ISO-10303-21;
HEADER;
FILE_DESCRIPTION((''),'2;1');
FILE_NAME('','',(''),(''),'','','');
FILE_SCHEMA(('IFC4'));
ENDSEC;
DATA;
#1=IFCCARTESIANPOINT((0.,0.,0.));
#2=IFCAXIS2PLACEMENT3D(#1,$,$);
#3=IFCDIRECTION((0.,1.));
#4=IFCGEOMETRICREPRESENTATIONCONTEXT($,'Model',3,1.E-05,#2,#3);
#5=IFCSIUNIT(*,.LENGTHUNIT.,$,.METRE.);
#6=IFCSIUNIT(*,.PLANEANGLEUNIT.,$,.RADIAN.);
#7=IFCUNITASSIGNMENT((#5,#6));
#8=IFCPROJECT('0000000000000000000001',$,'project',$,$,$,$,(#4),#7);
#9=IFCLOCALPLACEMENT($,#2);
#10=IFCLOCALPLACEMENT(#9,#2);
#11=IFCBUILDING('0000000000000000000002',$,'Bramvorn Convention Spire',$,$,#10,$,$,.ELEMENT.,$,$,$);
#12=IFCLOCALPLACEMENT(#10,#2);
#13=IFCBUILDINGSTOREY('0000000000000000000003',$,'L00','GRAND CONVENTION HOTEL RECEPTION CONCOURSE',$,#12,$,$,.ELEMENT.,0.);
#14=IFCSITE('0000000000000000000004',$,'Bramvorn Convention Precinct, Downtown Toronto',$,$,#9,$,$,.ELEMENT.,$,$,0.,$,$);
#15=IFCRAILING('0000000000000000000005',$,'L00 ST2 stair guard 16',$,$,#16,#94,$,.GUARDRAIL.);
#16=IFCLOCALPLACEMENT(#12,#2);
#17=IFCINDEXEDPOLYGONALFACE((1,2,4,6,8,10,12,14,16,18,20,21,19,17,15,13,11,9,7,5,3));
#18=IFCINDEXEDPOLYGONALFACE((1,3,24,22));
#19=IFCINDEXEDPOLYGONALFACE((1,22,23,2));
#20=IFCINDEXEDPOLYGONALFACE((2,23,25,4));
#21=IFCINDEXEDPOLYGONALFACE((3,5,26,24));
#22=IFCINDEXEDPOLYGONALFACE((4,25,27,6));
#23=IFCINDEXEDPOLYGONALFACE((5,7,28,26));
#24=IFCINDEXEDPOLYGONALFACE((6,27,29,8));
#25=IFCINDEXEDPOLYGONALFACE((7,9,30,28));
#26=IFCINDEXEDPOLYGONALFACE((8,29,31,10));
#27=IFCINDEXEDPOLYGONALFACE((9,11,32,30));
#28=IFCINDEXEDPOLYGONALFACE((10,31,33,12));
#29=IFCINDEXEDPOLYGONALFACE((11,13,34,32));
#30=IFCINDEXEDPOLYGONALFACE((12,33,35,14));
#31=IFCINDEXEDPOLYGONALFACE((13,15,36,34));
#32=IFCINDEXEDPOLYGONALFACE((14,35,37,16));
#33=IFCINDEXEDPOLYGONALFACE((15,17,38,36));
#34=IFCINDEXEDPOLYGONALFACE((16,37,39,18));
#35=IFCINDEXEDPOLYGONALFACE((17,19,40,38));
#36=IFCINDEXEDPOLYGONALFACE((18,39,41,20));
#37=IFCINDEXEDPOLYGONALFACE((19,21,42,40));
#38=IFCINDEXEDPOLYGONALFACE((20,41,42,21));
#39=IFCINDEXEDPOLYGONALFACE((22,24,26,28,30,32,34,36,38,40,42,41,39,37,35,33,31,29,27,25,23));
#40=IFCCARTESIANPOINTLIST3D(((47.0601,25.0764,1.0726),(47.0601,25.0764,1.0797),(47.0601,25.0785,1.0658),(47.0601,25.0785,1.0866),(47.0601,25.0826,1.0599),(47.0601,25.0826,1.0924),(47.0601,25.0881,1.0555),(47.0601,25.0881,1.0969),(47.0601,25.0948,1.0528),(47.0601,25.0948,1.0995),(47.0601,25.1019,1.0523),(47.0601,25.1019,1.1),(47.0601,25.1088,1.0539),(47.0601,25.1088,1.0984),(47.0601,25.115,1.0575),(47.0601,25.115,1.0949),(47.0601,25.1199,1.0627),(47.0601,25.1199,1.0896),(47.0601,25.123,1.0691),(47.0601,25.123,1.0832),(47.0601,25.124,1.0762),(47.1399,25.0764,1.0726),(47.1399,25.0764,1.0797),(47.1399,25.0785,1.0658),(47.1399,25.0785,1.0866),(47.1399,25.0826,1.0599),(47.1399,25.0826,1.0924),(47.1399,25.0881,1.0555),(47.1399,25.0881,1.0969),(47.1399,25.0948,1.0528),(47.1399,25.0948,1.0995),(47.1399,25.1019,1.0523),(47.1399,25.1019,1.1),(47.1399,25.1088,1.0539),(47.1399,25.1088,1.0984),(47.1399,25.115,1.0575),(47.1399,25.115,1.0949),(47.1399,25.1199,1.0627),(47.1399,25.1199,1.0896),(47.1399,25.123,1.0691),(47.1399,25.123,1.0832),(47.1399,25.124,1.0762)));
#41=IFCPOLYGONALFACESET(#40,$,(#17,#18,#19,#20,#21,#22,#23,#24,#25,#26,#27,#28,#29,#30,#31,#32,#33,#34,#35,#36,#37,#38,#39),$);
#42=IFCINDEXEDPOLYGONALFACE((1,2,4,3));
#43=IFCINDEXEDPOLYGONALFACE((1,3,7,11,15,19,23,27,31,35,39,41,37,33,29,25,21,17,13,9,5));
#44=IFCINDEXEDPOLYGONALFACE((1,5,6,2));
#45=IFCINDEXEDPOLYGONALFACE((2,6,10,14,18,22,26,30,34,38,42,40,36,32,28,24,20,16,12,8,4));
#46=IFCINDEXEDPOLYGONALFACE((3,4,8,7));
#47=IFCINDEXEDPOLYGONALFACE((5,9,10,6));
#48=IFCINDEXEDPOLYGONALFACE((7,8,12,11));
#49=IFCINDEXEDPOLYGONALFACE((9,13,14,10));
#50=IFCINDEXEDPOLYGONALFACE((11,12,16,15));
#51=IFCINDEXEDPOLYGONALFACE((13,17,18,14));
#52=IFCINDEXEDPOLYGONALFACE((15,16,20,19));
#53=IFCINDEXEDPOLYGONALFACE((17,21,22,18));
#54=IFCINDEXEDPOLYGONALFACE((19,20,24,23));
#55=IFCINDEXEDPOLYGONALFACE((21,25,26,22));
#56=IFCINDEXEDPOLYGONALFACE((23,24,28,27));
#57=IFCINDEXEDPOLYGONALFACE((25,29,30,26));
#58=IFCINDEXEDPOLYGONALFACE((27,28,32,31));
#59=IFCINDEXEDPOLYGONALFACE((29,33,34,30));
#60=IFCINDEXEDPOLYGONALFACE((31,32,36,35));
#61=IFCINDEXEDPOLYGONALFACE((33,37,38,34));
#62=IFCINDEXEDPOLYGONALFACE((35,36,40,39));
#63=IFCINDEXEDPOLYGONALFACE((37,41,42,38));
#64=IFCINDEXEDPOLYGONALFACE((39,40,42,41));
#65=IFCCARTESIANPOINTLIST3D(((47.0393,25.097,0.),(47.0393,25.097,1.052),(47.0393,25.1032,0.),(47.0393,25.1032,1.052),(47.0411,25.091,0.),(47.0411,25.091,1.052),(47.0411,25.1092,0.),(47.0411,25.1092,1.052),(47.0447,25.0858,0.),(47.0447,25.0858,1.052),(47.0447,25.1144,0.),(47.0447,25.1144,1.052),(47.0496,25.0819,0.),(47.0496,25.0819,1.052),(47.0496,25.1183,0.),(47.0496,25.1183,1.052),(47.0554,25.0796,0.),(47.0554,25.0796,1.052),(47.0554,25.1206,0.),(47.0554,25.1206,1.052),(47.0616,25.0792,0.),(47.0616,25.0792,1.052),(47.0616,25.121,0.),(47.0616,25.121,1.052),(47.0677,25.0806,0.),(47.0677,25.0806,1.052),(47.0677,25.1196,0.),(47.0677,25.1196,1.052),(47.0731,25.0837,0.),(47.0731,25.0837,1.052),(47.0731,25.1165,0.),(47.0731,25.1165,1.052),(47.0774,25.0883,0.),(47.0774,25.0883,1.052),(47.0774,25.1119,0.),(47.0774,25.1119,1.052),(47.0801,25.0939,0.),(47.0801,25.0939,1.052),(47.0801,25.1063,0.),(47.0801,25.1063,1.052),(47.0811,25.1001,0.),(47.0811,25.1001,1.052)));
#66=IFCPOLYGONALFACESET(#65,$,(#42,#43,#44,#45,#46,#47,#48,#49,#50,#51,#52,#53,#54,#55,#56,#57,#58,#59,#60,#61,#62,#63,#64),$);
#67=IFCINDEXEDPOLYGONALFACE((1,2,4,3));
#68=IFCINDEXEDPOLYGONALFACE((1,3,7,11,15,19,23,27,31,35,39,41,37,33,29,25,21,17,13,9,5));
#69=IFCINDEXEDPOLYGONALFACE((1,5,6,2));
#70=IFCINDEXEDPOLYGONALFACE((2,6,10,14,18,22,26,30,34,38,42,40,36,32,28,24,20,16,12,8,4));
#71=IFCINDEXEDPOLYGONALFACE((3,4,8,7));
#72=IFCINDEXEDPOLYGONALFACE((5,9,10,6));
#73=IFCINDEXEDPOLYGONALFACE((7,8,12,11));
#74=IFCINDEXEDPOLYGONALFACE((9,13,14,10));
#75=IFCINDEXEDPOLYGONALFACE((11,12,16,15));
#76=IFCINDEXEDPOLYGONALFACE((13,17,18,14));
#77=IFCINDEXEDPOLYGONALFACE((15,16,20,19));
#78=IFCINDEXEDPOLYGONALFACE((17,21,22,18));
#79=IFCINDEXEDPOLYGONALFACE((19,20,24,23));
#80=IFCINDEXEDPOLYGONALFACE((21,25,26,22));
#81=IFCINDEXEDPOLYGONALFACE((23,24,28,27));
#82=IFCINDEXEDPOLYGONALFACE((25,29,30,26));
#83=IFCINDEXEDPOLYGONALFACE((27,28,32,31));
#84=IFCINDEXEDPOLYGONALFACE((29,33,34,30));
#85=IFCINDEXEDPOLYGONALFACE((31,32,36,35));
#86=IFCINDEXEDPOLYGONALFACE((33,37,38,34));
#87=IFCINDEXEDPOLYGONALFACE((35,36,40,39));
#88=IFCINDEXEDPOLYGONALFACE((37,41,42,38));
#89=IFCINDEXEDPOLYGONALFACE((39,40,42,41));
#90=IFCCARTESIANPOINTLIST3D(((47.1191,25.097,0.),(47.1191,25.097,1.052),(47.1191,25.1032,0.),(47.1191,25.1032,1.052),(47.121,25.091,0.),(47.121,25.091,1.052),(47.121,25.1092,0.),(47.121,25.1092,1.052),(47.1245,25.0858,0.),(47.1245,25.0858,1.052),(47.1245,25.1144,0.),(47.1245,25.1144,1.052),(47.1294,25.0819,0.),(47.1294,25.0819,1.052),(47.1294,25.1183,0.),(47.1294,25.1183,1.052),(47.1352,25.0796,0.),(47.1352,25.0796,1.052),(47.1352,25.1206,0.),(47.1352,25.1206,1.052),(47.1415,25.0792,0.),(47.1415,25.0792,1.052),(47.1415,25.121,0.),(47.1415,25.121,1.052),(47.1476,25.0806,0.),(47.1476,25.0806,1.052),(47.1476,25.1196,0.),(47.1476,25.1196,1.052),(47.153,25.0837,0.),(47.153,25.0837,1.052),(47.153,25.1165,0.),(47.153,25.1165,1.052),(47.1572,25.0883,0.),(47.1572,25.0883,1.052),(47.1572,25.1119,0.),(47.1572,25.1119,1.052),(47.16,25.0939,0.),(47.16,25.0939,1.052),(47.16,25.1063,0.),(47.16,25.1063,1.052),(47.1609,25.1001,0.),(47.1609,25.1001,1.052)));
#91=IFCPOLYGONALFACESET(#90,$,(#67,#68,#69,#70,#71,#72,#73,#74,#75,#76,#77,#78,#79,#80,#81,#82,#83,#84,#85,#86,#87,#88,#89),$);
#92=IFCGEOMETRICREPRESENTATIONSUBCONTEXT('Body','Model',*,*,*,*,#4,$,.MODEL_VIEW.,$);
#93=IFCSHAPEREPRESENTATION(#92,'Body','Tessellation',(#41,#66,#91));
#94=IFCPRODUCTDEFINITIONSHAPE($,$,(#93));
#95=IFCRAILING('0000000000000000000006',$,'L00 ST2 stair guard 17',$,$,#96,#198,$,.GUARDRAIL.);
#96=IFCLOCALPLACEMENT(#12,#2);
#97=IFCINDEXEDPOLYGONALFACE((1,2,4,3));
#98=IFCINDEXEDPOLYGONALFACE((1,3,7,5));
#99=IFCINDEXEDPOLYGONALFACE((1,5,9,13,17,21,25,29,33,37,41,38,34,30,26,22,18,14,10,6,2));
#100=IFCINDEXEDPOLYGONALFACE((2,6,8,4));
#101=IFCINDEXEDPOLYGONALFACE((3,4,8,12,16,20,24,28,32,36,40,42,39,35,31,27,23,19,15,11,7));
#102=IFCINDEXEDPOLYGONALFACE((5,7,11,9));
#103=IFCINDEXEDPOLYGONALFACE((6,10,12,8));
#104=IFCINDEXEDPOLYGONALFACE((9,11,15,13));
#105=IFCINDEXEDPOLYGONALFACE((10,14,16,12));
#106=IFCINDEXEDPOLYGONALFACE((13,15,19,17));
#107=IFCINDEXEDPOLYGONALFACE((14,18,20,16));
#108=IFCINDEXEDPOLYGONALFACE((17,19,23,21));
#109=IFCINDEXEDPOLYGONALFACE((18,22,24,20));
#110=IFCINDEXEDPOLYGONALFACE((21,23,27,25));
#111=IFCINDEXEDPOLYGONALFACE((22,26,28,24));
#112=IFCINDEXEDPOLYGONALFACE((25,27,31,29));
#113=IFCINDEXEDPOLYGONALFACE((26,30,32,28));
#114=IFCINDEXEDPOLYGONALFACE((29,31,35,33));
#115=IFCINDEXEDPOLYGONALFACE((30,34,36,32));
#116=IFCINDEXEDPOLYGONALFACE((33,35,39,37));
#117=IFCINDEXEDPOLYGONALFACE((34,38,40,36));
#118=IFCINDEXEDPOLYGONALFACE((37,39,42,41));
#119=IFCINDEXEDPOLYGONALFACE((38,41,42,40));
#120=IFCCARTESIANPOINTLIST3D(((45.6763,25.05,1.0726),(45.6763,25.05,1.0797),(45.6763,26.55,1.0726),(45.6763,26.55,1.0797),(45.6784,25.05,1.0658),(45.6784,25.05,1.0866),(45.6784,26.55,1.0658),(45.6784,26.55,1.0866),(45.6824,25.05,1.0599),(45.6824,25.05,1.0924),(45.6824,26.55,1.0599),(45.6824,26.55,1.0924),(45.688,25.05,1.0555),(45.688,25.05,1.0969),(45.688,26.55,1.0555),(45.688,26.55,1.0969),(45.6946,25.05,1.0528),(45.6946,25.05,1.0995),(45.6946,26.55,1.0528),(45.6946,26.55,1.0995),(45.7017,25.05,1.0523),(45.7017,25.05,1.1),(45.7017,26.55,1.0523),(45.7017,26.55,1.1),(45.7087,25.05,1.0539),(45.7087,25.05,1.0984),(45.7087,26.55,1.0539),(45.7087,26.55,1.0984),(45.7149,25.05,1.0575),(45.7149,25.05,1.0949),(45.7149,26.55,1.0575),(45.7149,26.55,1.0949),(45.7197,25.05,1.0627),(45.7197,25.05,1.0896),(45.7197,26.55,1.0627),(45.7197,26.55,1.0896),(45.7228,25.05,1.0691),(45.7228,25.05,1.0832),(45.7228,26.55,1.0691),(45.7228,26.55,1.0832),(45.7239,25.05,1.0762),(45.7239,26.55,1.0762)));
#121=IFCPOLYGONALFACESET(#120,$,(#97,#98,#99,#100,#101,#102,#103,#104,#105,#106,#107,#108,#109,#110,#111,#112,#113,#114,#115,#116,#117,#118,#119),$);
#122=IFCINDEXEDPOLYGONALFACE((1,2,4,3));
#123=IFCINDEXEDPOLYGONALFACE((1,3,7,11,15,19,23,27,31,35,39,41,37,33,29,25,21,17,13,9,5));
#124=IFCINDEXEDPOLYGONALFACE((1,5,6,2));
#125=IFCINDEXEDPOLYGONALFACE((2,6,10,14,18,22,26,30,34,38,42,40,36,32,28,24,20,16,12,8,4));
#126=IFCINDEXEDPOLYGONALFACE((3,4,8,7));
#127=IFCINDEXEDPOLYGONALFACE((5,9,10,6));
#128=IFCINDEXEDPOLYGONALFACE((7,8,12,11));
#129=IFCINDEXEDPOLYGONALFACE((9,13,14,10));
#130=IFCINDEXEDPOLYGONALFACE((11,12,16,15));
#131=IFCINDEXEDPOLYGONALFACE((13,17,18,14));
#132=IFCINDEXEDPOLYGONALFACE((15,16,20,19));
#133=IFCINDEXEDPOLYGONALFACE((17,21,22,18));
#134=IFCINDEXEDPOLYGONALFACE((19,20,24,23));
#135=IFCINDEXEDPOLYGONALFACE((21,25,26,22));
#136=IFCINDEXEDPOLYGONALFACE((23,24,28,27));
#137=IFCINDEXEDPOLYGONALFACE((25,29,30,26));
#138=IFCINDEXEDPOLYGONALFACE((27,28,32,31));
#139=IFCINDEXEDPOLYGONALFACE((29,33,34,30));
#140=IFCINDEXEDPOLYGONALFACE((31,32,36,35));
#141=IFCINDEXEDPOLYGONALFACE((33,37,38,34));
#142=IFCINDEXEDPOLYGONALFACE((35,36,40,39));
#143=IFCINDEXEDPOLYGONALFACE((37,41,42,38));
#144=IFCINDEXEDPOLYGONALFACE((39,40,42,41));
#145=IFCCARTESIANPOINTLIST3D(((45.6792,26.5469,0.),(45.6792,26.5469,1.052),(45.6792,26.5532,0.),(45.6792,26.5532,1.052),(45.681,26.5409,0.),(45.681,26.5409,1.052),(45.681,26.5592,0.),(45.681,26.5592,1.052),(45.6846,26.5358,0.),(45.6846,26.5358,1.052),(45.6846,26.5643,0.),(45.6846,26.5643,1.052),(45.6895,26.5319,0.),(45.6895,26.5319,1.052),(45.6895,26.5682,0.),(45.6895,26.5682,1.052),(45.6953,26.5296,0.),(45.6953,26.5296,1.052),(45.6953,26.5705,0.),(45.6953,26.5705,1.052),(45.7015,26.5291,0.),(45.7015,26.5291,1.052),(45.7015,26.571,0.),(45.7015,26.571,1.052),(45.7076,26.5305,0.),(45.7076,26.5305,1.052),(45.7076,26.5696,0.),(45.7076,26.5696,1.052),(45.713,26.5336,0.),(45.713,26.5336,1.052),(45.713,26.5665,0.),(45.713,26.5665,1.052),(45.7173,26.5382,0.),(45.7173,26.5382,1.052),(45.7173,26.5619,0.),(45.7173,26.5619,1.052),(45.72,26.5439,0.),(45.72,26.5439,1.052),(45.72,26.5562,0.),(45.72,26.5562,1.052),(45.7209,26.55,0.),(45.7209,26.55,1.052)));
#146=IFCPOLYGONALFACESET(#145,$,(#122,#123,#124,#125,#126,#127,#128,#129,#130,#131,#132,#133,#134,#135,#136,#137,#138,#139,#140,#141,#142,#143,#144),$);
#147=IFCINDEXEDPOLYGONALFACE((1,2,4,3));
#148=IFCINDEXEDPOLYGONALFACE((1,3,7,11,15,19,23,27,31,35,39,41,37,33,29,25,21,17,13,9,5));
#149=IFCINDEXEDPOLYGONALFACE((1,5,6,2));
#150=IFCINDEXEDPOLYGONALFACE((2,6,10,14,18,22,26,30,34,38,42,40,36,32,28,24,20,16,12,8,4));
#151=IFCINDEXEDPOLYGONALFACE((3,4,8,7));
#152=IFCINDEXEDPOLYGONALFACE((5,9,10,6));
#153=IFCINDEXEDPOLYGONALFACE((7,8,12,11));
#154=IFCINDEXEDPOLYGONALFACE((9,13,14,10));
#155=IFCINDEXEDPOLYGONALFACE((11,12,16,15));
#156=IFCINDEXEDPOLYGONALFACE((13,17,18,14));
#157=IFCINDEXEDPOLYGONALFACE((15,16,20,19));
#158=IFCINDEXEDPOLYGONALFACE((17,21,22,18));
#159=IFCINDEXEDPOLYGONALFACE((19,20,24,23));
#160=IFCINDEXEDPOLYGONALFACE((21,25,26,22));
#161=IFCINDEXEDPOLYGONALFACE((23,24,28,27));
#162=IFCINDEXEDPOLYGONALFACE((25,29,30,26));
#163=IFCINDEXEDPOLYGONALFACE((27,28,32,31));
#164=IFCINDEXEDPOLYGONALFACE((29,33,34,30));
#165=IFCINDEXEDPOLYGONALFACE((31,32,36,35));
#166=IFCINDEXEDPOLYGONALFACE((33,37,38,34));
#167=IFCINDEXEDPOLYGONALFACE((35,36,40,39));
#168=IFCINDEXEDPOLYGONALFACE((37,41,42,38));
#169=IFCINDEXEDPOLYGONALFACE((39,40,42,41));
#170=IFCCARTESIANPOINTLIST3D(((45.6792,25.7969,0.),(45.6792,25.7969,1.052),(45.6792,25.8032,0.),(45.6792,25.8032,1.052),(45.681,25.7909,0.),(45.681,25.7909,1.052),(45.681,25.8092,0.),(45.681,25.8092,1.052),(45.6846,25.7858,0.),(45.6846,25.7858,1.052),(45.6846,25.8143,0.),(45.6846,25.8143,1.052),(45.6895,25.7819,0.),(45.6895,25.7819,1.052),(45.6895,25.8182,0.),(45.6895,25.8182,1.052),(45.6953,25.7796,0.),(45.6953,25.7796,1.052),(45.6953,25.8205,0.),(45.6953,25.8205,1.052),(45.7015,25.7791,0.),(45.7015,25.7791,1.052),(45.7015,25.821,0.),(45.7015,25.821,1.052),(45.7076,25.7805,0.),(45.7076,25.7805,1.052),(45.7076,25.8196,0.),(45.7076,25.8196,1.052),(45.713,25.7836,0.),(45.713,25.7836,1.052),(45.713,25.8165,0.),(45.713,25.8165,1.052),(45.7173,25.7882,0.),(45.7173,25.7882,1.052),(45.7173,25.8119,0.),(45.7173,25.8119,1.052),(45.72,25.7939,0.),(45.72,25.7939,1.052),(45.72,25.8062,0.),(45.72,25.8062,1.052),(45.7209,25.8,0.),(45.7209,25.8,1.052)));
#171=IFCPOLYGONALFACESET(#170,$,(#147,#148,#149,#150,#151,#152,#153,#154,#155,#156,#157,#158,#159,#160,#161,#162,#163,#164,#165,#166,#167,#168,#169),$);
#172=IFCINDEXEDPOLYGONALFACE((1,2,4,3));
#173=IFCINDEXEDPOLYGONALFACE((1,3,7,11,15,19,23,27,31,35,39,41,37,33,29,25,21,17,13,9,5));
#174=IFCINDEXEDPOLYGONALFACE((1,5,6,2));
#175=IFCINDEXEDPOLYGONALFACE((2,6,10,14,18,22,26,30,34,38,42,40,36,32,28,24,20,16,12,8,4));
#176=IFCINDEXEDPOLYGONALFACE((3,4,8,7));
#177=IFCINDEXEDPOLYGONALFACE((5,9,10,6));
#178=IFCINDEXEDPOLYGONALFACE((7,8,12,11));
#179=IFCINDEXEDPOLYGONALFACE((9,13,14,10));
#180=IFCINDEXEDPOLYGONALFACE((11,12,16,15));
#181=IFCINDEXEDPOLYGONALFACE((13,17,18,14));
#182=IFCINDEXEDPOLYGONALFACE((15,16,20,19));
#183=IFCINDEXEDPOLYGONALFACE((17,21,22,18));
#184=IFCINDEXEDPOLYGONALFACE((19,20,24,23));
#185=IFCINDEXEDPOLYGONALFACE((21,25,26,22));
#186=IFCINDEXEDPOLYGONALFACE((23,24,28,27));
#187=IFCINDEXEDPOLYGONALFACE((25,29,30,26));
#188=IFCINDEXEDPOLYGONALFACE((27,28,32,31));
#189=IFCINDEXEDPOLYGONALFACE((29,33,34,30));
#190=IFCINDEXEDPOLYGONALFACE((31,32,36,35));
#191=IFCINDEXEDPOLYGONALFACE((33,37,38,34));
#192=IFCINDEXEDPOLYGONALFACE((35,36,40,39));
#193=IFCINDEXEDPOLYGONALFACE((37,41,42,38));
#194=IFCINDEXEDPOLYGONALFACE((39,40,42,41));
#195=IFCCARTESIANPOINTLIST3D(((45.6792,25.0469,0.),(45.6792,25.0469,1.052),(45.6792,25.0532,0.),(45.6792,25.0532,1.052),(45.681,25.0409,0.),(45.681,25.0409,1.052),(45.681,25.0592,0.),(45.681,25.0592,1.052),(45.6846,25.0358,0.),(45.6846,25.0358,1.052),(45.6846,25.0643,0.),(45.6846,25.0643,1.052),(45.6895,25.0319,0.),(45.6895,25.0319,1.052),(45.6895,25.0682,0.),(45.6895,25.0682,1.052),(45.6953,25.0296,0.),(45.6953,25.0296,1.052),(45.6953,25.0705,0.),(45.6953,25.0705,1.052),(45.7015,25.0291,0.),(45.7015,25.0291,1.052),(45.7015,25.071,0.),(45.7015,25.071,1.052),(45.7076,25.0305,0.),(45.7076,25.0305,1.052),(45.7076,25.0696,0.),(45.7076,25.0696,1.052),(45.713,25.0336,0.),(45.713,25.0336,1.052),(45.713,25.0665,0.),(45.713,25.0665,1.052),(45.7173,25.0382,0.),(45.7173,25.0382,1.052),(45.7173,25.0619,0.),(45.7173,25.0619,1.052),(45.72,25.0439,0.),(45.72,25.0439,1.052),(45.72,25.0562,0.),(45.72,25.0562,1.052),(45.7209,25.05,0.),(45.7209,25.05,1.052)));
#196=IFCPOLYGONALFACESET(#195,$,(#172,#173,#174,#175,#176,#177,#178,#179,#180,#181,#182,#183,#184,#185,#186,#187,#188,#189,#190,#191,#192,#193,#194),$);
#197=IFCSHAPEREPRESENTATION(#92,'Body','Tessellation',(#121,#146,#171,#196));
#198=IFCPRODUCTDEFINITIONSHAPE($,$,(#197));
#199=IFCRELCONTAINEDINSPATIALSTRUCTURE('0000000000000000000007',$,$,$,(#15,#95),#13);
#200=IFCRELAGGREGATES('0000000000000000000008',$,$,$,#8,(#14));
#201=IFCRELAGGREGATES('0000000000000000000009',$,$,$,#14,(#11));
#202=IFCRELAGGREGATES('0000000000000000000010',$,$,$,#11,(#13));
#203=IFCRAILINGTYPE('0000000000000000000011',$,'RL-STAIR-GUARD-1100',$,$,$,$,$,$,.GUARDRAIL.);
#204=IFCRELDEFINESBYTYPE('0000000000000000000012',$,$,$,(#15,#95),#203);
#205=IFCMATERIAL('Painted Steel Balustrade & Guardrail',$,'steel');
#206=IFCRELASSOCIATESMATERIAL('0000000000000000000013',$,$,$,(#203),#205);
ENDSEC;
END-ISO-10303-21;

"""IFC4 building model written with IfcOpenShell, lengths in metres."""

from ifc_helpers import new_model, si_unit, direction, frame, origin, origin_2d, place, context, subcontext, project, spatial, circle, extrude, material, type_object, element, save


model = new_model("IFC4")

# Units and contexts
model_context = context("Model", 3, precision=1e-05, world=origin(), true_north=direction((0.0, 1.0)))
body_context = subcontext(model_context, "Body", "Model", "MODEL_VIEW")
ifc_project = project(units=[si_unit("LENGTHUNIT", "METRE"), si_unit("PLANEANGLEUNIT", "RADIAN")], contexts=[model_context])

# Site, building, storey
site_placement = place(None, origin())
site = spatial("IfcSite", under=ifc_project, at=site_placement, Name="Bramvorn Convention Precinct, Downtown Toronto", CompositionType="ELEMENT", RefElevation=0.0)
building_placement = place(site_placement, origin())
building = spatial("IfcBuilding", under=site, at=building_placement, Name="Bramvorn Convention Spire", CompositionType="ELEMENT")
storey_placement = place(building_placement, origin())
storey = spatial("IfcBuildingStorey", under=building, at=storey_placement, Name="L00", Description="GRAND CONVENTION HOTEL RECEPTION CONCOURSE", CompositionType="ELEMENT", Elevation=0.0)

# Railings
ifc_material_1 = material(Name="Painted Steel Balustrade & Guardrail", Category="steel")
railing_type = type_object("IfcRailingType", Name="RL-STAIR-GUARD-1100", PredefinedType="GUARDRAIL", material=ifc_material_1)
railing_1_placement = place(storey_placement, frame((47.0601, 25.1001, 0.0)))
element("IfcRailing", 1, at=railing_1_placement, inside=storey, type_object=railing_type, Name="L00 ST2 stair guard 16", PredefinedType="GUARDRAIL", context=body_context, shape_type="SweptSolid", body=[
    extrude(circle(Radius=0.0239, at=origin_2d()), frame((0.0, 0.0, 1.0762), z_axis=(1.0, 0.0, 0.0), x_axis=(0.0, 1.0, 0.0)), (0.0, 0.0, 1.0), 0.0798),
    extrude(circle(Radius=0.021, at=origin_2d()), origin(), (0.0, 0.0, 1.0), 1.052),
    extrude(circle(Radius=0.021, at=origin_2d()), frame((0.0798, 0.0, 0.0)), (0.0, 0.0, 1.0), 1.052),
])
for number, where, name in (
    (2, (45.7, 26.55, 0.0), "L00 ST2 stair guard 17"),
):
    element("IfcRailing", number, at=place(storey_placement, frame(where)), inside=storey, type_object=railing_type, Name=name, PredefinedType="GUARDRAIL", context=body_context, shape_type="SweptSolid", body=[
        extrude(circle(Radius=0.0239, at=origin_2d()), frame((0.0, 0.0, 1.0762), z_axis=(0.0, -1.0, 0.0), x_axis=(1.0, 0.0, 0.0)), (0.0, 0.0, 1.0), 1.5),
        extrude(circle(Radius=0.021, at=origin_2d()), origin(), (0.0, 0.0, 1.0), 1.052),
        extrude(circle(Radius=0.021, at=origin_2d()), frame((0.0, -0.75, 0.0)), (0.0, 0.0, 1.0), 1.052),
        extrude(circle(Radius=0.021, at=origin_2d()), frame((0.0, -1.5, 0.0)), (0.0, 0.0, 1.0), 1.052),
    ])

save(model, "model.ifc")
